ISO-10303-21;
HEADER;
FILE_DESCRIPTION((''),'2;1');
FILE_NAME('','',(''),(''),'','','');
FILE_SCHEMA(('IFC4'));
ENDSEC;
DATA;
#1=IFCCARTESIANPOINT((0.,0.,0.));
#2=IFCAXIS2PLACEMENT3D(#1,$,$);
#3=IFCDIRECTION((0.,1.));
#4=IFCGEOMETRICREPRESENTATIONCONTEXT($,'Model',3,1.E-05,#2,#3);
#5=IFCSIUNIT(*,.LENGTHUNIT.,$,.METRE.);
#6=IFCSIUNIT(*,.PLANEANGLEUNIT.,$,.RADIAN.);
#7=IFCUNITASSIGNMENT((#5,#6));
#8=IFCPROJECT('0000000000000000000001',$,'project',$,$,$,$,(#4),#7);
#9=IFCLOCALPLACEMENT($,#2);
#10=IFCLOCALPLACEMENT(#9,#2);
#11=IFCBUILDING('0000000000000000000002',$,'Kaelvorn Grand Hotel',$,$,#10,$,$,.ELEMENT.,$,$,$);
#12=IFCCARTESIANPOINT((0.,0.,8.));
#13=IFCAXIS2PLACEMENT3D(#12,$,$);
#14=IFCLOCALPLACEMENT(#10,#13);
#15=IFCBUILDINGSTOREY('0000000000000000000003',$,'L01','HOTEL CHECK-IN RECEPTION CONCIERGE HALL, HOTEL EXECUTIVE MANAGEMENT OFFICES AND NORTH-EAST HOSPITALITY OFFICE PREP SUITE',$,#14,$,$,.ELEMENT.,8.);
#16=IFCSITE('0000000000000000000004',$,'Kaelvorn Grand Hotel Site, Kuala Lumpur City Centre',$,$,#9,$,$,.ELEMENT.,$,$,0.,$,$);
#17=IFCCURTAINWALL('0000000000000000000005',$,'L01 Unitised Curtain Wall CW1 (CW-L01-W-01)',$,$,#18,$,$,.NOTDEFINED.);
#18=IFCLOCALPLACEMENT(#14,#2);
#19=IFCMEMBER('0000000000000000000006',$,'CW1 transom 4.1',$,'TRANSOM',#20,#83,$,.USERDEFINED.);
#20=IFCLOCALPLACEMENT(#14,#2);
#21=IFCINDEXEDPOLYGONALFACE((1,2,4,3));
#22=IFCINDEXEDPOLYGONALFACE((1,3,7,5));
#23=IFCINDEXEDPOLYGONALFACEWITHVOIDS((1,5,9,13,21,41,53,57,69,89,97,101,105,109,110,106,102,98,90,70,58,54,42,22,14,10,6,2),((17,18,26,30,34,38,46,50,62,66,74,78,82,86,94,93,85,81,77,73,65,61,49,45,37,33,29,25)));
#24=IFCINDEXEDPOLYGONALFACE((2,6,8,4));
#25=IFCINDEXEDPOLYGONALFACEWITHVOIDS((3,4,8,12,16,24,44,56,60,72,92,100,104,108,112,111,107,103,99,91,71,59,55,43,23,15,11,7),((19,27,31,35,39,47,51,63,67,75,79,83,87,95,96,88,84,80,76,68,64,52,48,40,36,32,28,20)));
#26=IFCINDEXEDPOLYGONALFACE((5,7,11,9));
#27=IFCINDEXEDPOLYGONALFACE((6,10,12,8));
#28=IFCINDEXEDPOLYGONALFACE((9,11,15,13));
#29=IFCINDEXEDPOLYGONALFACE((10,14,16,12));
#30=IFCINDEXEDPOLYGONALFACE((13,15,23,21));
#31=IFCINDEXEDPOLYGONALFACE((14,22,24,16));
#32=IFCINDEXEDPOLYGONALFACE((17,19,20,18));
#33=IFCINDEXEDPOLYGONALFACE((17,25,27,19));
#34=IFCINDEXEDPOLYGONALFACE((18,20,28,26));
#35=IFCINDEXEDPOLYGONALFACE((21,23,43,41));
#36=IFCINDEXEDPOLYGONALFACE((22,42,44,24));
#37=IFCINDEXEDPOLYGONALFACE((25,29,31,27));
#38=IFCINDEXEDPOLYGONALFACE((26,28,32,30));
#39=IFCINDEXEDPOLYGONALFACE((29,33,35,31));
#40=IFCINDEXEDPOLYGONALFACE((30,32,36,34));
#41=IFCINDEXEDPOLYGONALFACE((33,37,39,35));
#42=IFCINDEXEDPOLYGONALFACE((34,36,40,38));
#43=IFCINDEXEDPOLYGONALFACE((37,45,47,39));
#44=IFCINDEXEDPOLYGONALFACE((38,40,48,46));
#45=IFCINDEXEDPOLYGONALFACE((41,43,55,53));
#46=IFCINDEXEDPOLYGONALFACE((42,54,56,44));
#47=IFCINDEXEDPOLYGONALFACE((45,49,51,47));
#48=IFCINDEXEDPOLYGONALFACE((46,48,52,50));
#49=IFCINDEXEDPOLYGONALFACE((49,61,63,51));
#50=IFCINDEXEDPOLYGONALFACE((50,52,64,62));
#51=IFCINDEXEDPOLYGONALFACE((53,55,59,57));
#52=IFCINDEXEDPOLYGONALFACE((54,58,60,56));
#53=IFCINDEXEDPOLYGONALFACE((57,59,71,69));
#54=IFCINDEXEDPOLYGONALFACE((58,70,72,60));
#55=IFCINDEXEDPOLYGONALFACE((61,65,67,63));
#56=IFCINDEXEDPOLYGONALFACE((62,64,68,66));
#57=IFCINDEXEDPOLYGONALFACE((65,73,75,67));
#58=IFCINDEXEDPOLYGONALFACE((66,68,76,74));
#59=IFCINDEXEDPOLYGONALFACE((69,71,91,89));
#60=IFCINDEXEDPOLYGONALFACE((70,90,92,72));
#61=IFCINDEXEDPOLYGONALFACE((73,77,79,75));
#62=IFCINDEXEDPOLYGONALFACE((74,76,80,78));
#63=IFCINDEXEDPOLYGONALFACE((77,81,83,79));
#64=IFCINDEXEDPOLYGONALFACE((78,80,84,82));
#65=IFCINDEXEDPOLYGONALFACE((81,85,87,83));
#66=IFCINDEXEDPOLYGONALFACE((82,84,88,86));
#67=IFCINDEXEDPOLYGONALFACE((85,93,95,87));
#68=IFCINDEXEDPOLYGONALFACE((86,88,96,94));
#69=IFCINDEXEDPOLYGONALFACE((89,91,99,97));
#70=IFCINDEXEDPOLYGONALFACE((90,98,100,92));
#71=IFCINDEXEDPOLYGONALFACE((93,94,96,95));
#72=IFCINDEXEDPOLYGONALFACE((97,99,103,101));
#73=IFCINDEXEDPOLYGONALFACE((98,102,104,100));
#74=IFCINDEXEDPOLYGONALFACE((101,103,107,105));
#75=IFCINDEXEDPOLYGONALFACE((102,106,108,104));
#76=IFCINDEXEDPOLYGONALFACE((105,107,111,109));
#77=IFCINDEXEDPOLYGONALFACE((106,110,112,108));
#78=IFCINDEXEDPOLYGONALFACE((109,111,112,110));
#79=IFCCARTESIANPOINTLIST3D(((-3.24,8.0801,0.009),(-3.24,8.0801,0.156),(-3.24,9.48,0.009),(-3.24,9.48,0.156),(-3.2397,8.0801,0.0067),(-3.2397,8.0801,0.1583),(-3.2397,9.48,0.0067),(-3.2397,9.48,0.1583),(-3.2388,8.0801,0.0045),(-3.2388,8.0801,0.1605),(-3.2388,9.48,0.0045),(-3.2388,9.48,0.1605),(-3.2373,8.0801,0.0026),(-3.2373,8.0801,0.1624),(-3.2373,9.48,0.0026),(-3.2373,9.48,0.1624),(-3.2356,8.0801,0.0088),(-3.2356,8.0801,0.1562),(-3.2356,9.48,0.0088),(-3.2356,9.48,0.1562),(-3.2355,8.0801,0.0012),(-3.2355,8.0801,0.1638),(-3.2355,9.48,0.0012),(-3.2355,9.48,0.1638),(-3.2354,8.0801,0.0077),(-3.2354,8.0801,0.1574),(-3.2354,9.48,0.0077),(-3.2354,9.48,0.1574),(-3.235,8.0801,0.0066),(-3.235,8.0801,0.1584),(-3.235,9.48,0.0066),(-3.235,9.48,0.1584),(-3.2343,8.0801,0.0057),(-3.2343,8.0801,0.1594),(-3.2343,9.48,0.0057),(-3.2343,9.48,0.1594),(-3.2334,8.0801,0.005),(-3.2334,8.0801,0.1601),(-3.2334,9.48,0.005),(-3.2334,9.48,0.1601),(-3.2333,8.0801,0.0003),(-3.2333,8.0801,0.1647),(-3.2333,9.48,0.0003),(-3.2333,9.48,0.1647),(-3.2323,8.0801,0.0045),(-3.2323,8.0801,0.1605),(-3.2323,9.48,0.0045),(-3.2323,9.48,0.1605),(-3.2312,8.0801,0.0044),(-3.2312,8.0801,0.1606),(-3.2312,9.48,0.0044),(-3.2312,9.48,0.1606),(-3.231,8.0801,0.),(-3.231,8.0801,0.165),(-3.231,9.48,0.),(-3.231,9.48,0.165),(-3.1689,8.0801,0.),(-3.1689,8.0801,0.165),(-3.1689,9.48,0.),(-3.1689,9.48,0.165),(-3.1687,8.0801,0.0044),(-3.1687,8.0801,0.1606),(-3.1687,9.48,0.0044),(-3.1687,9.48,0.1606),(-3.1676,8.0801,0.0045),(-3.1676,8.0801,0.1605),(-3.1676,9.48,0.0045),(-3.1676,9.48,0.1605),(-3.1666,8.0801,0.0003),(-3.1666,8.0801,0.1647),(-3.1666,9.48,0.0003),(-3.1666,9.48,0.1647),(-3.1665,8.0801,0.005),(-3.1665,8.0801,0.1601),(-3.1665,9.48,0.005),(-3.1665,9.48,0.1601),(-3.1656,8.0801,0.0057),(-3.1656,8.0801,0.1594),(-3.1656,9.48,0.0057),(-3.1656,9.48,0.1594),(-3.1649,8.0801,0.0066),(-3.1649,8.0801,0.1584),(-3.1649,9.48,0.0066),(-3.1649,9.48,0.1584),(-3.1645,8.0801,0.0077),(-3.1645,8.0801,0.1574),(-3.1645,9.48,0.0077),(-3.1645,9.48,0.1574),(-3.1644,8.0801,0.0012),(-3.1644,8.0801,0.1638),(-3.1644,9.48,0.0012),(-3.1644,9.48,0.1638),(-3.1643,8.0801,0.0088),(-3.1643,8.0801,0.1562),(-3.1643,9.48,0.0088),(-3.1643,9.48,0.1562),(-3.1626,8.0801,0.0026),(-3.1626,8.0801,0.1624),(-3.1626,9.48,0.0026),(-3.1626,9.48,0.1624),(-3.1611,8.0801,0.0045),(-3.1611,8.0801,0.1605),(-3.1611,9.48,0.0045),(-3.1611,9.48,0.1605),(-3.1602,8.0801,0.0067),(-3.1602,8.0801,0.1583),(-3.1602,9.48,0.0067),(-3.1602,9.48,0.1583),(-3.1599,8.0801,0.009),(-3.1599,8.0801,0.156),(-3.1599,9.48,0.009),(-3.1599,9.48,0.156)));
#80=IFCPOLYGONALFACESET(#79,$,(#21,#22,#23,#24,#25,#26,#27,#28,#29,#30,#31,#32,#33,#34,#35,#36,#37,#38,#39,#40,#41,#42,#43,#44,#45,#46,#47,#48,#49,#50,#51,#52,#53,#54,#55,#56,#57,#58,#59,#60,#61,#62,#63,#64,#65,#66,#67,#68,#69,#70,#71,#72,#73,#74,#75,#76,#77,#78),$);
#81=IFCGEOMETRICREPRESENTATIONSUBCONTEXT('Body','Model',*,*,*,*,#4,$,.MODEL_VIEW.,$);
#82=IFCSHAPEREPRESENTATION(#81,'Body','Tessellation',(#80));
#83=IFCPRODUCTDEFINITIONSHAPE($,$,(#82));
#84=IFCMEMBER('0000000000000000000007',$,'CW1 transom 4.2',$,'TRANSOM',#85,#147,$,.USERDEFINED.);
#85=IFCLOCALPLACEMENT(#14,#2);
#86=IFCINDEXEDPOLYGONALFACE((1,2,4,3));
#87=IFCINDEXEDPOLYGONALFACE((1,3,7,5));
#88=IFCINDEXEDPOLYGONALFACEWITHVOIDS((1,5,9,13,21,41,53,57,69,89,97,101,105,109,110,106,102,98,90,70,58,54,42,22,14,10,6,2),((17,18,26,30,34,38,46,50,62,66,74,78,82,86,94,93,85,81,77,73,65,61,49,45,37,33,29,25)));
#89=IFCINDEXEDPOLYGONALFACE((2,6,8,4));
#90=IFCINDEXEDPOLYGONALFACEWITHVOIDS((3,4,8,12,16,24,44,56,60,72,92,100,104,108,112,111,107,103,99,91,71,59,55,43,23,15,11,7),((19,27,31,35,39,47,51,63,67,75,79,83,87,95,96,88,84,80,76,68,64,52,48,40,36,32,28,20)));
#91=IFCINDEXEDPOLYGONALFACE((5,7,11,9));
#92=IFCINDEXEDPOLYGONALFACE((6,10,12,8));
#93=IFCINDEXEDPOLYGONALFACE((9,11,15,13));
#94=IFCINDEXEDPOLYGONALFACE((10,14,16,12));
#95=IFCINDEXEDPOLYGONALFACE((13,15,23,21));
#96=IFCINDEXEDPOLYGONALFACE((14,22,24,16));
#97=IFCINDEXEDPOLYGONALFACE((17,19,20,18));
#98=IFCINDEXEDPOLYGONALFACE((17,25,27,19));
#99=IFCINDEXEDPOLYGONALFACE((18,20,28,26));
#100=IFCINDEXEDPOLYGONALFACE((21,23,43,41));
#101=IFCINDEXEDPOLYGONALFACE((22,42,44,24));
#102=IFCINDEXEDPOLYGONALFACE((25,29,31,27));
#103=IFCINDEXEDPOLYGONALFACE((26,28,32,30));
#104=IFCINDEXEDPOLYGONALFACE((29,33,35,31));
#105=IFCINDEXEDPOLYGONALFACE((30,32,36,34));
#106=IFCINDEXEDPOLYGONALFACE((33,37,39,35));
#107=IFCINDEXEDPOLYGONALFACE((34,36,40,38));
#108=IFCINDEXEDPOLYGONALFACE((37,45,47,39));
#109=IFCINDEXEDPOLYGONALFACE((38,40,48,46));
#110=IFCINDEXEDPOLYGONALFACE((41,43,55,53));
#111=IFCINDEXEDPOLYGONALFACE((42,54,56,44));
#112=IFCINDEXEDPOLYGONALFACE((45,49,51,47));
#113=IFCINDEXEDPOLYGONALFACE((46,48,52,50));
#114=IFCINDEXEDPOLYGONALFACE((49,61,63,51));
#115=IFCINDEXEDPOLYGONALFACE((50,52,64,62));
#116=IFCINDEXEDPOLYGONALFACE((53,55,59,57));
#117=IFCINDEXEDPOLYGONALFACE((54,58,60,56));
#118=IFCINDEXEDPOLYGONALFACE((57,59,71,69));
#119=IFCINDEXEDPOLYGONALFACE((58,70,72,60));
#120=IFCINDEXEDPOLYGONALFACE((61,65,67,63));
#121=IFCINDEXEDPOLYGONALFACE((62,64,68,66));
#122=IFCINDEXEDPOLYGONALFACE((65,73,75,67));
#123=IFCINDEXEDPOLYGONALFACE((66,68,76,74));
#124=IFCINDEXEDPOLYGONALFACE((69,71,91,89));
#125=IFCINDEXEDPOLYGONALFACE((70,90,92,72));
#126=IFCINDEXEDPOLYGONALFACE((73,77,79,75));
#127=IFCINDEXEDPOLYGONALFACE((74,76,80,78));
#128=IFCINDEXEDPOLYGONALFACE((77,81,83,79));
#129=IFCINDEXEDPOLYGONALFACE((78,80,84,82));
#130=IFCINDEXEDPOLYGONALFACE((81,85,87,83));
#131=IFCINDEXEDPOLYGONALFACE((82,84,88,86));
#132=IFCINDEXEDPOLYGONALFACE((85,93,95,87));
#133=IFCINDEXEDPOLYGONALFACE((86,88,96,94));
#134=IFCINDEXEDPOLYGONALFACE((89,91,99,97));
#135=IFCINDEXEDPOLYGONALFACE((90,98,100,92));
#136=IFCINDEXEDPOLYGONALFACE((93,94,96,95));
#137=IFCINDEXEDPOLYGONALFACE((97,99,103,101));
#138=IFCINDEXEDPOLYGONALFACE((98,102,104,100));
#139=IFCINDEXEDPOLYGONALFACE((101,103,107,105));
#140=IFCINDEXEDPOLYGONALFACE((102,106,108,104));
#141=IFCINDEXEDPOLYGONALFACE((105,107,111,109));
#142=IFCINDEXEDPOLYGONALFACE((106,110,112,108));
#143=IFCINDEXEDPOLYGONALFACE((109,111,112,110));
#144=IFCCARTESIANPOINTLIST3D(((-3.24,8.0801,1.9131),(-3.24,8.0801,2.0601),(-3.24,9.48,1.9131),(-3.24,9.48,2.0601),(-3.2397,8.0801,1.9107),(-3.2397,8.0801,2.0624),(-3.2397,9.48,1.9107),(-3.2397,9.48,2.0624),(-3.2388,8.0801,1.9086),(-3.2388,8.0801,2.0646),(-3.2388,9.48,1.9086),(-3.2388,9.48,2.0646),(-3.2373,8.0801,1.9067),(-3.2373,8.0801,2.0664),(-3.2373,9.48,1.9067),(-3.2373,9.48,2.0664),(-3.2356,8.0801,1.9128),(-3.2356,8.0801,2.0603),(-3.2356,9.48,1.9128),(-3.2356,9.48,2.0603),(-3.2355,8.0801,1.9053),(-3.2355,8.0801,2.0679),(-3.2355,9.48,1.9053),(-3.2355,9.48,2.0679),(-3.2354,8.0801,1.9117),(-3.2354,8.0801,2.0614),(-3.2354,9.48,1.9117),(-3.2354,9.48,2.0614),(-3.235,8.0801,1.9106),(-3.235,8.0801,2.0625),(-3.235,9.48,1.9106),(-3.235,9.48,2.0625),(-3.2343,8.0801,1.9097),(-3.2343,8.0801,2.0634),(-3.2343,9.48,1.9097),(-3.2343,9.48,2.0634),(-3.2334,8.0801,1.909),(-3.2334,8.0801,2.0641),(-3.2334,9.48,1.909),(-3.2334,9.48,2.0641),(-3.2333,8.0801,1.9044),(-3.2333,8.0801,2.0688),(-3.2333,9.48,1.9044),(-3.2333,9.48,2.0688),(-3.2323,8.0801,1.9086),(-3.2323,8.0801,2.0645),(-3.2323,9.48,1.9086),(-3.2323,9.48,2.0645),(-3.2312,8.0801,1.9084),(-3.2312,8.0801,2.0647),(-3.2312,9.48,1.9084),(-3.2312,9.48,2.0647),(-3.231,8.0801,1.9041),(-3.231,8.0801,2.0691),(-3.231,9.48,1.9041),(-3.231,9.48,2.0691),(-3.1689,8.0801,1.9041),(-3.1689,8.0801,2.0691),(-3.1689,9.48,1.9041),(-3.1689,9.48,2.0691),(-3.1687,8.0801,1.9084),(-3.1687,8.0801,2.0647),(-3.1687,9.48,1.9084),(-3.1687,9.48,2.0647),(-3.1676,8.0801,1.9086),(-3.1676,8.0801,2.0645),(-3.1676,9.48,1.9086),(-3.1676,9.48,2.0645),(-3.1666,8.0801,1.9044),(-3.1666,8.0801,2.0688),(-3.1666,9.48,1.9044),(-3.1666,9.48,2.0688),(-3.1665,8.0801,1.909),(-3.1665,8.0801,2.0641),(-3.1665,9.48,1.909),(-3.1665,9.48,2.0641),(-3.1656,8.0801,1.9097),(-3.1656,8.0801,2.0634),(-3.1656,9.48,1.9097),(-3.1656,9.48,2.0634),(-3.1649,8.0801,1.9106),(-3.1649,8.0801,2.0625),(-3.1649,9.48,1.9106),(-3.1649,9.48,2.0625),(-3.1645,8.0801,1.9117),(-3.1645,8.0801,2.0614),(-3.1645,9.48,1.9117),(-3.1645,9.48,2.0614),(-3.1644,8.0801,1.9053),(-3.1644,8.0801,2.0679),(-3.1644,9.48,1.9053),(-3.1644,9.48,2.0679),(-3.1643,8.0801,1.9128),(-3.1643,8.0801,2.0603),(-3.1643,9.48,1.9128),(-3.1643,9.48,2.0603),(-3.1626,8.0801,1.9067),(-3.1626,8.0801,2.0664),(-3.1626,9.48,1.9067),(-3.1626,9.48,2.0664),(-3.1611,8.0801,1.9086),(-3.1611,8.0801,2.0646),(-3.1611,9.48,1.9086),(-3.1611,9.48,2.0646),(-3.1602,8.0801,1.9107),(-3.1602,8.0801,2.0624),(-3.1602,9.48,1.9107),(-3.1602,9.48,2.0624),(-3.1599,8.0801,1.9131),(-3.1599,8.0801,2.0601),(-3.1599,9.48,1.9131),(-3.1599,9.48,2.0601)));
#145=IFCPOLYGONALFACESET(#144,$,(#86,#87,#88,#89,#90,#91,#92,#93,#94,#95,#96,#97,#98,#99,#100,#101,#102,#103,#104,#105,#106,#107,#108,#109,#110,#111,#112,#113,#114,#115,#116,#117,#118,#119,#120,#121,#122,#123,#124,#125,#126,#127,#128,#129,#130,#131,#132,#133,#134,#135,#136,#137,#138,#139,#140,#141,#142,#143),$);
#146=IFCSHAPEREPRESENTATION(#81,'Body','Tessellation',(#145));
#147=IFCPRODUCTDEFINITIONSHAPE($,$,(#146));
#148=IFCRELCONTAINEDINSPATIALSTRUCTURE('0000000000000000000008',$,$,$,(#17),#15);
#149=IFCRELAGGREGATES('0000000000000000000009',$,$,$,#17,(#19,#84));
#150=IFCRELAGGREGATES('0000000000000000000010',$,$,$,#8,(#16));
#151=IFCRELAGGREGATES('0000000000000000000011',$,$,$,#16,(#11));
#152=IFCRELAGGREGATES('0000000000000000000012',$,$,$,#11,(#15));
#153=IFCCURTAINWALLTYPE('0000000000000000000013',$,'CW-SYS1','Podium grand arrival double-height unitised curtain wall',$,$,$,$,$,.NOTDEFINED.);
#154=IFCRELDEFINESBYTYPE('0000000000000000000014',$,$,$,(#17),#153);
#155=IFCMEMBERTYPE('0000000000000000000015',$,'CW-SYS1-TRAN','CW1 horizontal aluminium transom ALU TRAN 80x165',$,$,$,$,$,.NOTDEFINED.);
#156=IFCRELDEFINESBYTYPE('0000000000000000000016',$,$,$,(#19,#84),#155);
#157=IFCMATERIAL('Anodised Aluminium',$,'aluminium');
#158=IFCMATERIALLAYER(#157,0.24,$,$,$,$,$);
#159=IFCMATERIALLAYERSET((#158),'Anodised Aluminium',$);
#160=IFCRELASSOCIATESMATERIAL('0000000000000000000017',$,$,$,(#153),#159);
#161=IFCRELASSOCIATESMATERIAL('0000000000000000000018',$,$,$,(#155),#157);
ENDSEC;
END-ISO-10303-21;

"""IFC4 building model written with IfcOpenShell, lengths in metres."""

from ifc_helpers import new_model, si_unit, direction, frame, origin, origin_2d, place, context, subcontext, project, spatial, hollow_rectangle, extrude, material, layer, layer_set, material_profile, profile_set, type_object, element, aggregate, save


model = new_model("IFC4")

# Units and contexts
model_context = context("Model", 3, precision=1e-05, world=origin(), true_north=direction((0.0, 1.0)))
body_context = subcontext(model_context, "Body", "Model", "MODEL_VIEW")
ifc_project = project(units=[si_unit("LENGTHUNIT", "METRE"), si_unit("PLANEANGLEUNIT", "RADIAN")], contexts=[model_context])

# Site, building, storey
site_placement = place(None, origin())
site = spatial("IfcSite", under=ifc_project, at=site_placement, Name="Kaelvorn Grand Hotel Site, Kuala Lumpur City Centre", CompositionType="ELEMENT", RefElevation=0.0)
building_placement = place(site_placement, origin())
building = spatial("IfcBuilding", under=site, at=building_placement, Name="Kaelvorn Grand Hotel", CompositionType="ELEMENT")
storey_placement = place(building_placement, frame((0.0, 0.0, 8.0)))
storey = spatial("IfcBuildingStorey", under=building, at=storey_placement, Name="L01", Description="HOTEL CHECK-IN RECEPTION CONCIERGE HALL, HOTEL EXECUTIVE MANAGEMENT OFFICES AND NORTH-EAST HOSPITALITY OFFICE PREP SUITE", CompositionType="ELEMENT", Elevation=8.0)

# Curtain wall, members
ifc_material_1 = material(Name="Anodised Aluminium", Category="aluminium")
ifc_layer_1 = layer(ifc_material_1, 0.24)
ifc_layer_set_1 = layer_set([ifc_layer_1], Name="Anodised Aluminium")
curtain_wall_type = type_object("IfcCurtainWallType", Name="CW-SYS1", Description="Podium grand arrival double-height unitised curtain wall", PredefinedType="NOTDEFINED", material=ifc_layer_set_1)
curtain_wall_placement = place(storey_placement, origin())
curtain_wall = element("IfcCurtainWall", 1, at=curtain_wall_placement, inside=storey, type_object=curtain_wall_type, Name="L01 Unitised Curtain Wall CW1 (CW-L01-W-01)", PredefinedType="NOTDEFINED")
ifc_material_profile_1 = material_profile(ifc_material_1, hollow_rectangle(XDim=0.0801, YDim=0.165, WallThickness=0.0044, InnerFilletRadius=0.0044, OuterFilletRadius=0.009, at=origin_2d()), Name="ALU TRAN 80x165")
ifc_profile_set_1 = profile_set([ifc_material_profile_1], Name="Anodised Aluminium")
member_type_1 = type_object("IfcMemberType", Name="CW-SYS1-TRAN", Description="CW1 horizontal aluminium transom ALU TRAN 80x165", PredefinedType="NOTDEFINED", material=ifc_profile_set_1)
member_1_placement = place(storey_placement, frame((-3.2, 9.48, 0.0825), z_axis=(0.0, -1.0, 0.0), x_axis=(1.0, 0.0, 0.0)))
member_1 = element("IfcMember", 2, at=member_1_placement, type_object=member_type_1, Name="CW1 transom 4.1", ObjectType="TRANSOM", PredefinedType="USERDEFINED", context=body_context, shape_type="SweptSolid", body=[
    extrude(hollow_rectangle(XDim=0.0801, YDim=0.165, WallThickness=0.0044, InnerFilletRadius=0.0044, OuterFilletRadius=0.009, at=origin_2d()), origin(), (0.0, 0.0, 1.0), 1.3999),
])
member_2_placement = place(storey_placement, frame((-3.2, 9.48, 1.9866), z_axis=(0.0, -1.0, 0.0), x_axis=(1.0, 0.0, 0.0)))
member_2 = element("IfcMember", 3, at=member_2_placement, type_object=member_type_1, Name="CW1 transom 4.2", ObjectType="TRANSOM", PredefinedType="USERDEFINED", context=body_context, shape_type="SweptSolid", body=[
    extrude(hollow_rectangle(XDim=0.0801, YDim=0.165, WallThickness=0.0044, InnerFilletRadius=0.0044, OuterFilletRadius=0.009, at=origin_2d()), origin(), (0.0, 0.0, 1.0), 1.3999),
])
aggregate(curtain_wall, [member_1, member_2])

save(model, "model.ifc")
